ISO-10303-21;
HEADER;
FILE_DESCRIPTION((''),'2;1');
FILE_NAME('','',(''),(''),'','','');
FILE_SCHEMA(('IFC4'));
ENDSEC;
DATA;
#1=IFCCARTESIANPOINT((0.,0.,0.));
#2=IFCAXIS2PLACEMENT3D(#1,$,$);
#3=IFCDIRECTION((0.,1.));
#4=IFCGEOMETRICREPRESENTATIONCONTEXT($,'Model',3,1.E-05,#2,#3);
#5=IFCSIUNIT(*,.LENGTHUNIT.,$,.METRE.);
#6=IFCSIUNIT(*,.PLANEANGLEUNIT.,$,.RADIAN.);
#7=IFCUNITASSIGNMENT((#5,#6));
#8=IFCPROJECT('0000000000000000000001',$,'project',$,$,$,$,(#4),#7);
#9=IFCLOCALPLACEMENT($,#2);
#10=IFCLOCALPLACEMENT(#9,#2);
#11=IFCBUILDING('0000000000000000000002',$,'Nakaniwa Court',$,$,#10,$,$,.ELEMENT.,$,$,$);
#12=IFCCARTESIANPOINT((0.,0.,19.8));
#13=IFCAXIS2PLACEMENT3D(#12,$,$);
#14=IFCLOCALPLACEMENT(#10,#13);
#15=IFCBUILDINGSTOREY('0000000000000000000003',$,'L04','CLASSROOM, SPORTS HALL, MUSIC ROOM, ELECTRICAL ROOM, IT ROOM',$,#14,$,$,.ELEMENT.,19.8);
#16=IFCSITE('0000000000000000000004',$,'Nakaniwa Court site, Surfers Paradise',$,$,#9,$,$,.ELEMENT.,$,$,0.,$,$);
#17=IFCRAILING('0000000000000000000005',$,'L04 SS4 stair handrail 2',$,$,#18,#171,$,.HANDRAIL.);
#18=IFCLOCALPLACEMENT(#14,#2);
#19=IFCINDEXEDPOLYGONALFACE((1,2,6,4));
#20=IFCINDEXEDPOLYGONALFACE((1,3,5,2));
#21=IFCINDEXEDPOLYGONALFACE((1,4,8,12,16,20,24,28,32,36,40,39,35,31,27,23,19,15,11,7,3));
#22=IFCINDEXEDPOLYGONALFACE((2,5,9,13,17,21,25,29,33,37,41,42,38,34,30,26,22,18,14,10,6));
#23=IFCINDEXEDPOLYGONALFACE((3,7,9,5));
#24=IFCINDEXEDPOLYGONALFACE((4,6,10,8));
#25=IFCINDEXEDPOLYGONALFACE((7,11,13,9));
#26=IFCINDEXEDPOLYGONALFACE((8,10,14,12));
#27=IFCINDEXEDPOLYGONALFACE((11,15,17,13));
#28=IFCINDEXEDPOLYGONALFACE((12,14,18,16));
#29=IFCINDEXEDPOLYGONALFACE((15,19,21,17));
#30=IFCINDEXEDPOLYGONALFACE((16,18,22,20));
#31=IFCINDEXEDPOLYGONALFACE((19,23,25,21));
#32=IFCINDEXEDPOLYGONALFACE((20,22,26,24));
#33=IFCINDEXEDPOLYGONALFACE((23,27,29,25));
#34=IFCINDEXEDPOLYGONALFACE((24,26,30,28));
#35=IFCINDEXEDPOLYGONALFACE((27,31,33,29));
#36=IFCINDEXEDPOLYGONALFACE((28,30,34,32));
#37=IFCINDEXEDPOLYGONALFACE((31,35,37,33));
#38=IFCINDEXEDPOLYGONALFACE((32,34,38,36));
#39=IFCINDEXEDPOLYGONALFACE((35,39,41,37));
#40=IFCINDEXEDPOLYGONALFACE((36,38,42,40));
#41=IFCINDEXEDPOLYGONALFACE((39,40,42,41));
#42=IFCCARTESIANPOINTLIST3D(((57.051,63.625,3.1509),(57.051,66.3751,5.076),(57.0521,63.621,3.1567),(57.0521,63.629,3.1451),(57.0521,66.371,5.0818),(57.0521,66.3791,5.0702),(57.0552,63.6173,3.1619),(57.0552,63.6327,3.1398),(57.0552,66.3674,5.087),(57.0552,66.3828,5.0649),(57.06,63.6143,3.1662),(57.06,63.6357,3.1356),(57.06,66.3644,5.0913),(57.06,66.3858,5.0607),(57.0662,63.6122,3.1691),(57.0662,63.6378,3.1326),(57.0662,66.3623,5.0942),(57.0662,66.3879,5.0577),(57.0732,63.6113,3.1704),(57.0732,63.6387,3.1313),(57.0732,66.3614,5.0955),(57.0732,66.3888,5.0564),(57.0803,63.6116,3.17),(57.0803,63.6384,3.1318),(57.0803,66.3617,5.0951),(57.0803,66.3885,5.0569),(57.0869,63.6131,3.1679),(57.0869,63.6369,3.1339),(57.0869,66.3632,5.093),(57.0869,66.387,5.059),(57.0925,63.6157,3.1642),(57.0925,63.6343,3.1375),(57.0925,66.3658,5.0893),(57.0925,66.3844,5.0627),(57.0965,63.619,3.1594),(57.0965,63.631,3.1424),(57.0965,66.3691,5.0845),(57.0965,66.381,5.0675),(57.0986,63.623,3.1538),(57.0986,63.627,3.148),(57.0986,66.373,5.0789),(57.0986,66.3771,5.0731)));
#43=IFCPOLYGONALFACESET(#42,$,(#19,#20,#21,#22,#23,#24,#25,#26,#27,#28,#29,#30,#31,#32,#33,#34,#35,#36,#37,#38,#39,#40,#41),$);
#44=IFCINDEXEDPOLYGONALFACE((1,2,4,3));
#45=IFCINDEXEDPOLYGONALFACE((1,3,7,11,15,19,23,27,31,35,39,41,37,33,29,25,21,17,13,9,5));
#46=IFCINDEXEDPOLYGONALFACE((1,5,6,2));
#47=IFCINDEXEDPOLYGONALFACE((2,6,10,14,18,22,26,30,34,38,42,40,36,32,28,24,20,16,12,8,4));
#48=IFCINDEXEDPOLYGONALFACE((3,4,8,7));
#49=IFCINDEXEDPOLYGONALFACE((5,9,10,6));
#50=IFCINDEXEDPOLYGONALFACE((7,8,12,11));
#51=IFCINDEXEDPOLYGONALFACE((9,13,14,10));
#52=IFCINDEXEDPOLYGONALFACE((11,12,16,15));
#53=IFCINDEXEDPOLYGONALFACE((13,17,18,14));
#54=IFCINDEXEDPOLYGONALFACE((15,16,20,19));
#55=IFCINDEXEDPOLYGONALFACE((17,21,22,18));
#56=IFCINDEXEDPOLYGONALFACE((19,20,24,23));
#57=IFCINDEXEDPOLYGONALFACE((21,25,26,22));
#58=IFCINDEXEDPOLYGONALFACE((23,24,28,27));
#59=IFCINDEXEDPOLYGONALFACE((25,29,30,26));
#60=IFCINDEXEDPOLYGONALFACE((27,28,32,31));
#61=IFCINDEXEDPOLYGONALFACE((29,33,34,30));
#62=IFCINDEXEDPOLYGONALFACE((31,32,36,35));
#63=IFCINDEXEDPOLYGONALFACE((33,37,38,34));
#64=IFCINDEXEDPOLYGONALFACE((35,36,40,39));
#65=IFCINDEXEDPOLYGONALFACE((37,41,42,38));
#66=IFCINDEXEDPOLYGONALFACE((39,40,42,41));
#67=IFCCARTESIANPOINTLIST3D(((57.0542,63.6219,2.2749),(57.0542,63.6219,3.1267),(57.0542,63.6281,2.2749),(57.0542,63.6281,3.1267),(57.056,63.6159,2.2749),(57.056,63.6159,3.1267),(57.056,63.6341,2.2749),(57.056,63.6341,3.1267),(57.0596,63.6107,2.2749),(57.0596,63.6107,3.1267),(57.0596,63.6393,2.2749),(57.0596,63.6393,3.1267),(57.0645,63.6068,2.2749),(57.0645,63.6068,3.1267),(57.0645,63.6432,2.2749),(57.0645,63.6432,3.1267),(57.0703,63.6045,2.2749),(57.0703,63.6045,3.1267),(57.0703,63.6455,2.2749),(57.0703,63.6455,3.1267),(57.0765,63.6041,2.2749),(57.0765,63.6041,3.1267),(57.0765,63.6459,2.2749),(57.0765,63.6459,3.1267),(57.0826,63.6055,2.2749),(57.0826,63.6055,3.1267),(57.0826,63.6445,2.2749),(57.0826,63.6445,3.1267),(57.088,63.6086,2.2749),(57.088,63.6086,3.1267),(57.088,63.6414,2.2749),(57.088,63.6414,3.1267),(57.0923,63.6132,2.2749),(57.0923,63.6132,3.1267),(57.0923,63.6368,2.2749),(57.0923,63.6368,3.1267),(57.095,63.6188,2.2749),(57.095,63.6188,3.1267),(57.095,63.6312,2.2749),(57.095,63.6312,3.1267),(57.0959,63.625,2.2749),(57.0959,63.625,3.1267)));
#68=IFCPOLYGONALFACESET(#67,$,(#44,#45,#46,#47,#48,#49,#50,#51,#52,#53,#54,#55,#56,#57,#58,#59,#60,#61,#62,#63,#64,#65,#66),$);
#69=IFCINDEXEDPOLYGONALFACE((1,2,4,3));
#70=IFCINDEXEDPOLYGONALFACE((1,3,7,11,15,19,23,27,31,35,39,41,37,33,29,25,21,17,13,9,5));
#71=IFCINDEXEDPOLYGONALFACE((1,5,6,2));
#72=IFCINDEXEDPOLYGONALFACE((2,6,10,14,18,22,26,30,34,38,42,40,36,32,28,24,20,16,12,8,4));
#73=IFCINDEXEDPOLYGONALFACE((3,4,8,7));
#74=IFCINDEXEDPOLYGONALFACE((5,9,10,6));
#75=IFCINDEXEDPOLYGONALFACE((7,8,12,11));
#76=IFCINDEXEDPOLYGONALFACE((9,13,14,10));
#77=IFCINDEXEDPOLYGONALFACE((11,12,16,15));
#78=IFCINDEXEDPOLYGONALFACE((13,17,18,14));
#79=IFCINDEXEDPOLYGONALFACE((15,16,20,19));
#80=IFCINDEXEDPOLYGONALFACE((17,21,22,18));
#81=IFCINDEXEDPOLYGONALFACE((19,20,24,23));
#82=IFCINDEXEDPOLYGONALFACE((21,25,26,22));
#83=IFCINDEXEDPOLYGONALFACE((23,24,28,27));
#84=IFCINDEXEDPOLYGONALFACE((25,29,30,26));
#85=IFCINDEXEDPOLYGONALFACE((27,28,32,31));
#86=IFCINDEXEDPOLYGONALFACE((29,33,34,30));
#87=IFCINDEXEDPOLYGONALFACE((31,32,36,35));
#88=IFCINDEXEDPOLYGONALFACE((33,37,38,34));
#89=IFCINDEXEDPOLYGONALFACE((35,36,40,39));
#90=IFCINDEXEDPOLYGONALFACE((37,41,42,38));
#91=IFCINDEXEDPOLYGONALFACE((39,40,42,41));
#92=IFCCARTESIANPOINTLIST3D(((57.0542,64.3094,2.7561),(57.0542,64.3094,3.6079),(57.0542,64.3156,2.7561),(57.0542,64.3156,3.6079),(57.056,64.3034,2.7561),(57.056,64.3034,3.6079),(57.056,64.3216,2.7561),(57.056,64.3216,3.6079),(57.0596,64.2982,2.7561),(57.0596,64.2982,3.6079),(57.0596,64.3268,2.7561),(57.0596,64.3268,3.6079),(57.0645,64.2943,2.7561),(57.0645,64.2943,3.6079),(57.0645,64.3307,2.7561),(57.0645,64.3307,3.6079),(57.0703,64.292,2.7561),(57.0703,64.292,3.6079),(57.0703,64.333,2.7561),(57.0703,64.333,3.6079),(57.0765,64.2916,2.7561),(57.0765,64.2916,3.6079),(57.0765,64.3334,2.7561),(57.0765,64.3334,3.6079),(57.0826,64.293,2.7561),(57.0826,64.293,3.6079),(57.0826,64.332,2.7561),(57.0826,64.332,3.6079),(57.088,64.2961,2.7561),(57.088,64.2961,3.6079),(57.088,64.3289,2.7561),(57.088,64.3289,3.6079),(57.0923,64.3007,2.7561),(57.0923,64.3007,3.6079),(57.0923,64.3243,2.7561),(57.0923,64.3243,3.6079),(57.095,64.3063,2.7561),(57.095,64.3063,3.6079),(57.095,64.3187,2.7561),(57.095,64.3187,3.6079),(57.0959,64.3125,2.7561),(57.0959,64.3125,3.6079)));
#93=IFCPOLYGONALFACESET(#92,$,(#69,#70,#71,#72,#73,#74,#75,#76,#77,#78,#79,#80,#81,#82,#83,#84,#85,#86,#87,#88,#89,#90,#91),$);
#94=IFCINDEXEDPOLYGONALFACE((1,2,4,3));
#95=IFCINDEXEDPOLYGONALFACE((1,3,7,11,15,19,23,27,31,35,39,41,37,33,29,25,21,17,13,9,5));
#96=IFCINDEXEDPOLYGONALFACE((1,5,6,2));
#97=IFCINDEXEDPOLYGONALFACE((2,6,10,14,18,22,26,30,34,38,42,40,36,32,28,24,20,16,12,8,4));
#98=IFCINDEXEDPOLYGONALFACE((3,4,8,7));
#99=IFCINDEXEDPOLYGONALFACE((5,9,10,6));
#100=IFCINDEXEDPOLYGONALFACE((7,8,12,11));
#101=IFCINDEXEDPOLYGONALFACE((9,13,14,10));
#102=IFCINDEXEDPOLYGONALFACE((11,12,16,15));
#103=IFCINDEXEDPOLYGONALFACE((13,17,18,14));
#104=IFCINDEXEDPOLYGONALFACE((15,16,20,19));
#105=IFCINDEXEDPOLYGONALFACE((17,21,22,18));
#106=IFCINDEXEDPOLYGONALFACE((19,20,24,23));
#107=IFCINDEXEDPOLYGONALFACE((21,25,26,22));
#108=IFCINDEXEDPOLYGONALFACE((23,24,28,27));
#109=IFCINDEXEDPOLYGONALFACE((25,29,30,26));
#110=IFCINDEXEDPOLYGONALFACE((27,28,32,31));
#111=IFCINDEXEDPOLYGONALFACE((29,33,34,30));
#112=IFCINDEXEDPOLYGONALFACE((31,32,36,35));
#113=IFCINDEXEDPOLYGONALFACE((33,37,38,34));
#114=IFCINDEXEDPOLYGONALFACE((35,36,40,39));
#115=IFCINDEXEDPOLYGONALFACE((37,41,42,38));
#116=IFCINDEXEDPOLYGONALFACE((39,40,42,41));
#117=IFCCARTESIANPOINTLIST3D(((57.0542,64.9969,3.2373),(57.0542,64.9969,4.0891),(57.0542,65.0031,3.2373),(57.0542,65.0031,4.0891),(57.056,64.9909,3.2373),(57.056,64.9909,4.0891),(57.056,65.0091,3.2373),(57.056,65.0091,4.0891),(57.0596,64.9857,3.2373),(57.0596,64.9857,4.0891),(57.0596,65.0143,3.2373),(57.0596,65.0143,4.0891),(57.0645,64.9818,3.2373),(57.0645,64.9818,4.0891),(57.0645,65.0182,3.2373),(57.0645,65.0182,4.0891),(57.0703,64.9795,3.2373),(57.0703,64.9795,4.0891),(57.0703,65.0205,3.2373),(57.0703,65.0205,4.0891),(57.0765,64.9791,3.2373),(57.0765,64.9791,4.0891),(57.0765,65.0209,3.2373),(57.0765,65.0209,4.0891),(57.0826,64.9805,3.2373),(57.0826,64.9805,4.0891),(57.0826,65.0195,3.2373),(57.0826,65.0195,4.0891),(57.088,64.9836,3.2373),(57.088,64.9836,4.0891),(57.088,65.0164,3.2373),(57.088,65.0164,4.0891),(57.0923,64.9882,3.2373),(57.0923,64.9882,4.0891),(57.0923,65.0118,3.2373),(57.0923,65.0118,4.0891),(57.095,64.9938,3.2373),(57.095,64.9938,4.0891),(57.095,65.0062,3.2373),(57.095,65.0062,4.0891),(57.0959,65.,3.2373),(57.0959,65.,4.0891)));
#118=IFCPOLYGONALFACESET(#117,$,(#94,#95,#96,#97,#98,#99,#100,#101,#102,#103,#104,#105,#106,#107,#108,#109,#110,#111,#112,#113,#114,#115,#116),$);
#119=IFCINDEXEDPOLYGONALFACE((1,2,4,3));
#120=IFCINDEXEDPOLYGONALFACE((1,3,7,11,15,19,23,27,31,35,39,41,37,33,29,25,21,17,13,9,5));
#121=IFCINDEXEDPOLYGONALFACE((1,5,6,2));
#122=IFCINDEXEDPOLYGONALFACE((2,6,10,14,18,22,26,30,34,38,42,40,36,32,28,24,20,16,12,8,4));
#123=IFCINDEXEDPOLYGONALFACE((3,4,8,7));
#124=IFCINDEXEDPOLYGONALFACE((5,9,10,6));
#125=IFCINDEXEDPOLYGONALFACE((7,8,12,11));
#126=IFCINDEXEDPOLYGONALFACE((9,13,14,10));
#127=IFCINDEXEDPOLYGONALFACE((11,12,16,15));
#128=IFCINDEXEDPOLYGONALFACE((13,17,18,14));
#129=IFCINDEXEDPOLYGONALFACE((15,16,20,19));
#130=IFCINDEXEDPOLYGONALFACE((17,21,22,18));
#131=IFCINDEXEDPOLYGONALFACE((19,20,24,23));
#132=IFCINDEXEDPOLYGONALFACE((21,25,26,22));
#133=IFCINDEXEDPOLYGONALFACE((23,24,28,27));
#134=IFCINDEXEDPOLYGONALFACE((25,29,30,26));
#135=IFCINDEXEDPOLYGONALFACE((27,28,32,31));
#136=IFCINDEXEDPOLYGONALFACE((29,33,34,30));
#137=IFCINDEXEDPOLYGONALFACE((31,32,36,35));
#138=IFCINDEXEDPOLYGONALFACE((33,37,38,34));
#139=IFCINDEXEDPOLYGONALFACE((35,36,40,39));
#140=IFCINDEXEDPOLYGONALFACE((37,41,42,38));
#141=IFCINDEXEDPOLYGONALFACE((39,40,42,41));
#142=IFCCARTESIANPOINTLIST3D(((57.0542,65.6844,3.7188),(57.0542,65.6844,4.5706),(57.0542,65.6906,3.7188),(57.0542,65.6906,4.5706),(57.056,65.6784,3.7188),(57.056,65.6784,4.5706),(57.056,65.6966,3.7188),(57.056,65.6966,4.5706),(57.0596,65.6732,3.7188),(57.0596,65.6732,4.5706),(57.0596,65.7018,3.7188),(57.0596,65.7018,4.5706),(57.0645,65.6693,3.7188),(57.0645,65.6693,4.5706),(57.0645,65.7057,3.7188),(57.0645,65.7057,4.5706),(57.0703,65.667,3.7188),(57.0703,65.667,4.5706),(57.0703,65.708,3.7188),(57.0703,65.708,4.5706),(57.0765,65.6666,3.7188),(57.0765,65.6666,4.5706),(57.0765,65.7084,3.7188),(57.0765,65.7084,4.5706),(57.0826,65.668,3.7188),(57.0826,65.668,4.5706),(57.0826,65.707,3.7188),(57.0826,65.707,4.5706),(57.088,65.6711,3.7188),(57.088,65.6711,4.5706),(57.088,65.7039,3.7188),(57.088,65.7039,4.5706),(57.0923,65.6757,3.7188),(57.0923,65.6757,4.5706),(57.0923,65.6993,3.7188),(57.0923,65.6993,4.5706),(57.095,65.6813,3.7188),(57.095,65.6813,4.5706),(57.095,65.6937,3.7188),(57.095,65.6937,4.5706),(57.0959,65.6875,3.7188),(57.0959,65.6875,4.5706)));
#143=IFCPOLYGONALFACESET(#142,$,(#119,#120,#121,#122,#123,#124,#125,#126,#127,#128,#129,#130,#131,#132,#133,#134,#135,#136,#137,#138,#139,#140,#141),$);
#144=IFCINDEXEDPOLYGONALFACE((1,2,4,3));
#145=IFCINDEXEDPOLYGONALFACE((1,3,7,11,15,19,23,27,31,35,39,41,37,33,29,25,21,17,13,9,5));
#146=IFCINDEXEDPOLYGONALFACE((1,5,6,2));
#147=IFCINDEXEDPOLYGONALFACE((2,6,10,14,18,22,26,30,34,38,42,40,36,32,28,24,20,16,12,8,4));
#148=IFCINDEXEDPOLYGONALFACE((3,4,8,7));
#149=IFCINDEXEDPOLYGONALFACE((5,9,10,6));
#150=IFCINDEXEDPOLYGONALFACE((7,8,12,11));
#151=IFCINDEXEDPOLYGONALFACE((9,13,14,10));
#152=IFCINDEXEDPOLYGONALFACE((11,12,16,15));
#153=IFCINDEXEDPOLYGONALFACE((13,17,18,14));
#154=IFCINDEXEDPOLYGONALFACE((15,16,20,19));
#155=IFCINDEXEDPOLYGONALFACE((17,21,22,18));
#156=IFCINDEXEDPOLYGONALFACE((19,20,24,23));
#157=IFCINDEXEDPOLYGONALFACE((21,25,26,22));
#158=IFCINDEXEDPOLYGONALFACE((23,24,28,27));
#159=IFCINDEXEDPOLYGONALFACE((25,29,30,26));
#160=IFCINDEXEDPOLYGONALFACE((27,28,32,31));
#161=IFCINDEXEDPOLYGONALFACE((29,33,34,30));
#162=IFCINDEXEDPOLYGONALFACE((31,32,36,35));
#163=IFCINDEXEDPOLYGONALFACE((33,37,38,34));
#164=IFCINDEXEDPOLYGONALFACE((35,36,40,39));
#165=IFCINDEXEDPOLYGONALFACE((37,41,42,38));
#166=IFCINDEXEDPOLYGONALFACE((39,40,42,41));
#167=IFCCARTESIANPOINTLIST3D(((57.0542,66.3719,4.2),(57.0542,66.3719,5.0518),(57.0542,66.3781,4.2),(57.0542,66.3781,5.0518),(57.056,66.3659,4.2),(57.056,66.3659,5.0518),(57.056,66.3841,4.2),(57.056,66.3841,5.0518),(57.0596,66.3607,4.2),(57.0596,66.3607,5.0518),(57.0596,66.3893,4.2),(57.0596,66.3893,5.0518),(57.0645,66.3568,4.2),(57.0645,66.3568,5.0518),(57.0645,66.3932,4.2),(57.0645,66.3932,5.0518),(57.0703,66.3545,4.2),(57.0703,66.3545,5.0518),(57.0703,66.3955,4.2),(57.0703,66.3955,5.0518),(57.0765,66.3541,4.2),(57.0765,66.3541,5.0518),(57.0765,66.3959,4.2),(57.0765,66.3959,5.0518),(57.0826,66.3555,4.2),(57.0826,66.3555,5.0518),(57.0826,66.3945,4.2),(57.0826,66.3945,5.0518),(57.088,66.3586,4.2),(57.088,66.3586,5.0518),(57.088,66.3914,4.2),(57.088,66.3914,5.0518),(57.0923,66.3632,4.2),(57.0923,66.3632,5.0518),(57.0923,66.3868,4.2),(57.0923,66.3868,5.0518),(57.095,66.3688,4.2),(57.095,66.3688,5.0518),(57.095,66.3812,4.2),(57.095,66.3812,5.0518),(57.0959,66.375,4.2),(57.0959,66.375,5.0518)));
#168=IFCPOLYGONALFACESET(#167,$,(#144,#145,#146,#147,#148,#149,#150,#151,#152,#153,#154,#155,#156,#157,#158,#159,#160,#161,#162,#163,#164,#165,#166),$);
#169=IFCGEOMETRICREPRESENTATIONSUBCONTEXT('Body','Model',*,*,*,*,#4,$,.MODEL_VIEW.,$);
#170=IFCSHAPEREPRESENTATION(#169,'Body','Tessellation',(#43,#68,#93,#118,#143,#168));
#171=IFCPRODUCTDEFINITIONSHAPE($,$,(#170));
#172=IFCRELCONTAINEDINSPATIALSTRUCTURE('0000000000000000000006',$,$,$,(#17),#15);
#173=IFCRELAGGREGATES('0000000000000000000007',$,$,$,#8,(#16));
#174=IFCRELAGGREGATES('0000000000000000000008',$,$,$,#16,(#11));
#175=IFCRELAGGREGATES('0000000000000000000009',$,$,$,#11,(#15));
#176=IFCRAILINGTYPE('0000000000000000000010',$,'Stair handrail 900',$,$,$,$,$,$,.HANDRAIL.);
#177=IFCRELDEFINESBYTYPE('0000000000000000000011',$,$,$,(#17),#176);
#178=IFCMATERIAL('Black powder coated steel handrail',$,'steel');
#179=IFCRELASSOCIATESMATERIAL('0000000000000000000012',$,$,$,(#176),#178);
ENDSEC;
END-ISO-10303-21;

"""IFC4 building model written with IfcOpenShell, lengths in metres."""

from ifc_helpers import new_model, si_unit, direction, frame, origin, origin_2d, place, context, subcontext, project, spatial, circle, extrude, material, type_object, element, save


model = new_model("IFC4")

# Units and contexts
model_context = context("Model", 3, precision=1e-05, world=origin(), true_north=direction((0.0, 1.0)))
body_context = subcontext(model_context, "Body", "Model", "MODEL_VIEW")
ifc_project = project(units=[si_unit("LENGTHUNIT", "METRE"), si_unit("PLANEANGLEUNIT", "RADIAN")], contexts=[model_context])

# Site, building, storey
site_placement = place(None, origin())
site = spatial("IfcSite", under=ifc_project, at=site_placement, Name="Nakaniwa Court site, Surfers Paradise", CompositionType="ELEMENT", RefElevation=0.0)
building_placement = place(site_placement, origin())
building = spatial("IfcBuilding", under=site, at=building_placement, Name="Nakaniwa Court", CompositionType="ELEMENT")
storey_placement = place(building_placement, frame((0.0, 0.0, 19.8)))
storey = spatial("IfcBuildingStorey", under=building, at=storey_placement, Name="L04", Description="CLASSROOM, SPORTS HALL, MUSIC ROOM, ELECTRICAL ROOM, IT ROOM", CompositionType="ELEMENT", Elevation=19.8)

# Railing
ifc_material_1 = material(Name="Black powder coated steel handrail", Category="steel")
railing_type_1 = type_object("IfcRailingType", Name="Stair handrail 900", PredefinedType="HANDRAIL", material=ifc_material_1)
railing_1_placement = place(storey_placement, frame((57.075, 63.625, 2.2749)))
element("IfcRailing", 1, at=railing_1_placement, inside=storey, type_object=railing_type_1, Name="L04 SS4 stair handrail 2", PredefinedType="HANDRAIL", context=body_context, shape_type="SweptSolid", body=[
    extrude(circle(Radius=0.0239, at=origin_2d()), frame((0.0, 0.0, 0.876), z_axis=(0.0, 0.819225, 0.573472), x_axis=(-1.0, 0.0, 0.0)), (0.0, 0.0, 1.0), 3.3569),
    extrude(circle(Radius=0.021, at=origin_2d()), origin(), (0.0, 0.0, 1.0), 0.8518),
    extrude(circle(Radius=0.021, at=origin_2d()), frame((0.0, 0.6875, 0.4812)), (0.0, 0.0, 1.0), 0.8518),
    extrude(circle(Radius=0.021, at=origin_2d()), frame((0.0, 1.375, 0.9624)), (0.0, 0.0, 1.0), 0.8518),
    extrude(circle(Radius=0.021, at=origin_2d()), frame((0.0, 2.0625, 1.4438)), (0.0, 0.0, 1.0), 0.8518),
    extrude(circle(Radius=0.021, at=origin_2d()), frame((0.0, 2.75, 1.925)), (0.0, 0.0, 1.0), 0.8518),
])

save(model, "model.ifc")
